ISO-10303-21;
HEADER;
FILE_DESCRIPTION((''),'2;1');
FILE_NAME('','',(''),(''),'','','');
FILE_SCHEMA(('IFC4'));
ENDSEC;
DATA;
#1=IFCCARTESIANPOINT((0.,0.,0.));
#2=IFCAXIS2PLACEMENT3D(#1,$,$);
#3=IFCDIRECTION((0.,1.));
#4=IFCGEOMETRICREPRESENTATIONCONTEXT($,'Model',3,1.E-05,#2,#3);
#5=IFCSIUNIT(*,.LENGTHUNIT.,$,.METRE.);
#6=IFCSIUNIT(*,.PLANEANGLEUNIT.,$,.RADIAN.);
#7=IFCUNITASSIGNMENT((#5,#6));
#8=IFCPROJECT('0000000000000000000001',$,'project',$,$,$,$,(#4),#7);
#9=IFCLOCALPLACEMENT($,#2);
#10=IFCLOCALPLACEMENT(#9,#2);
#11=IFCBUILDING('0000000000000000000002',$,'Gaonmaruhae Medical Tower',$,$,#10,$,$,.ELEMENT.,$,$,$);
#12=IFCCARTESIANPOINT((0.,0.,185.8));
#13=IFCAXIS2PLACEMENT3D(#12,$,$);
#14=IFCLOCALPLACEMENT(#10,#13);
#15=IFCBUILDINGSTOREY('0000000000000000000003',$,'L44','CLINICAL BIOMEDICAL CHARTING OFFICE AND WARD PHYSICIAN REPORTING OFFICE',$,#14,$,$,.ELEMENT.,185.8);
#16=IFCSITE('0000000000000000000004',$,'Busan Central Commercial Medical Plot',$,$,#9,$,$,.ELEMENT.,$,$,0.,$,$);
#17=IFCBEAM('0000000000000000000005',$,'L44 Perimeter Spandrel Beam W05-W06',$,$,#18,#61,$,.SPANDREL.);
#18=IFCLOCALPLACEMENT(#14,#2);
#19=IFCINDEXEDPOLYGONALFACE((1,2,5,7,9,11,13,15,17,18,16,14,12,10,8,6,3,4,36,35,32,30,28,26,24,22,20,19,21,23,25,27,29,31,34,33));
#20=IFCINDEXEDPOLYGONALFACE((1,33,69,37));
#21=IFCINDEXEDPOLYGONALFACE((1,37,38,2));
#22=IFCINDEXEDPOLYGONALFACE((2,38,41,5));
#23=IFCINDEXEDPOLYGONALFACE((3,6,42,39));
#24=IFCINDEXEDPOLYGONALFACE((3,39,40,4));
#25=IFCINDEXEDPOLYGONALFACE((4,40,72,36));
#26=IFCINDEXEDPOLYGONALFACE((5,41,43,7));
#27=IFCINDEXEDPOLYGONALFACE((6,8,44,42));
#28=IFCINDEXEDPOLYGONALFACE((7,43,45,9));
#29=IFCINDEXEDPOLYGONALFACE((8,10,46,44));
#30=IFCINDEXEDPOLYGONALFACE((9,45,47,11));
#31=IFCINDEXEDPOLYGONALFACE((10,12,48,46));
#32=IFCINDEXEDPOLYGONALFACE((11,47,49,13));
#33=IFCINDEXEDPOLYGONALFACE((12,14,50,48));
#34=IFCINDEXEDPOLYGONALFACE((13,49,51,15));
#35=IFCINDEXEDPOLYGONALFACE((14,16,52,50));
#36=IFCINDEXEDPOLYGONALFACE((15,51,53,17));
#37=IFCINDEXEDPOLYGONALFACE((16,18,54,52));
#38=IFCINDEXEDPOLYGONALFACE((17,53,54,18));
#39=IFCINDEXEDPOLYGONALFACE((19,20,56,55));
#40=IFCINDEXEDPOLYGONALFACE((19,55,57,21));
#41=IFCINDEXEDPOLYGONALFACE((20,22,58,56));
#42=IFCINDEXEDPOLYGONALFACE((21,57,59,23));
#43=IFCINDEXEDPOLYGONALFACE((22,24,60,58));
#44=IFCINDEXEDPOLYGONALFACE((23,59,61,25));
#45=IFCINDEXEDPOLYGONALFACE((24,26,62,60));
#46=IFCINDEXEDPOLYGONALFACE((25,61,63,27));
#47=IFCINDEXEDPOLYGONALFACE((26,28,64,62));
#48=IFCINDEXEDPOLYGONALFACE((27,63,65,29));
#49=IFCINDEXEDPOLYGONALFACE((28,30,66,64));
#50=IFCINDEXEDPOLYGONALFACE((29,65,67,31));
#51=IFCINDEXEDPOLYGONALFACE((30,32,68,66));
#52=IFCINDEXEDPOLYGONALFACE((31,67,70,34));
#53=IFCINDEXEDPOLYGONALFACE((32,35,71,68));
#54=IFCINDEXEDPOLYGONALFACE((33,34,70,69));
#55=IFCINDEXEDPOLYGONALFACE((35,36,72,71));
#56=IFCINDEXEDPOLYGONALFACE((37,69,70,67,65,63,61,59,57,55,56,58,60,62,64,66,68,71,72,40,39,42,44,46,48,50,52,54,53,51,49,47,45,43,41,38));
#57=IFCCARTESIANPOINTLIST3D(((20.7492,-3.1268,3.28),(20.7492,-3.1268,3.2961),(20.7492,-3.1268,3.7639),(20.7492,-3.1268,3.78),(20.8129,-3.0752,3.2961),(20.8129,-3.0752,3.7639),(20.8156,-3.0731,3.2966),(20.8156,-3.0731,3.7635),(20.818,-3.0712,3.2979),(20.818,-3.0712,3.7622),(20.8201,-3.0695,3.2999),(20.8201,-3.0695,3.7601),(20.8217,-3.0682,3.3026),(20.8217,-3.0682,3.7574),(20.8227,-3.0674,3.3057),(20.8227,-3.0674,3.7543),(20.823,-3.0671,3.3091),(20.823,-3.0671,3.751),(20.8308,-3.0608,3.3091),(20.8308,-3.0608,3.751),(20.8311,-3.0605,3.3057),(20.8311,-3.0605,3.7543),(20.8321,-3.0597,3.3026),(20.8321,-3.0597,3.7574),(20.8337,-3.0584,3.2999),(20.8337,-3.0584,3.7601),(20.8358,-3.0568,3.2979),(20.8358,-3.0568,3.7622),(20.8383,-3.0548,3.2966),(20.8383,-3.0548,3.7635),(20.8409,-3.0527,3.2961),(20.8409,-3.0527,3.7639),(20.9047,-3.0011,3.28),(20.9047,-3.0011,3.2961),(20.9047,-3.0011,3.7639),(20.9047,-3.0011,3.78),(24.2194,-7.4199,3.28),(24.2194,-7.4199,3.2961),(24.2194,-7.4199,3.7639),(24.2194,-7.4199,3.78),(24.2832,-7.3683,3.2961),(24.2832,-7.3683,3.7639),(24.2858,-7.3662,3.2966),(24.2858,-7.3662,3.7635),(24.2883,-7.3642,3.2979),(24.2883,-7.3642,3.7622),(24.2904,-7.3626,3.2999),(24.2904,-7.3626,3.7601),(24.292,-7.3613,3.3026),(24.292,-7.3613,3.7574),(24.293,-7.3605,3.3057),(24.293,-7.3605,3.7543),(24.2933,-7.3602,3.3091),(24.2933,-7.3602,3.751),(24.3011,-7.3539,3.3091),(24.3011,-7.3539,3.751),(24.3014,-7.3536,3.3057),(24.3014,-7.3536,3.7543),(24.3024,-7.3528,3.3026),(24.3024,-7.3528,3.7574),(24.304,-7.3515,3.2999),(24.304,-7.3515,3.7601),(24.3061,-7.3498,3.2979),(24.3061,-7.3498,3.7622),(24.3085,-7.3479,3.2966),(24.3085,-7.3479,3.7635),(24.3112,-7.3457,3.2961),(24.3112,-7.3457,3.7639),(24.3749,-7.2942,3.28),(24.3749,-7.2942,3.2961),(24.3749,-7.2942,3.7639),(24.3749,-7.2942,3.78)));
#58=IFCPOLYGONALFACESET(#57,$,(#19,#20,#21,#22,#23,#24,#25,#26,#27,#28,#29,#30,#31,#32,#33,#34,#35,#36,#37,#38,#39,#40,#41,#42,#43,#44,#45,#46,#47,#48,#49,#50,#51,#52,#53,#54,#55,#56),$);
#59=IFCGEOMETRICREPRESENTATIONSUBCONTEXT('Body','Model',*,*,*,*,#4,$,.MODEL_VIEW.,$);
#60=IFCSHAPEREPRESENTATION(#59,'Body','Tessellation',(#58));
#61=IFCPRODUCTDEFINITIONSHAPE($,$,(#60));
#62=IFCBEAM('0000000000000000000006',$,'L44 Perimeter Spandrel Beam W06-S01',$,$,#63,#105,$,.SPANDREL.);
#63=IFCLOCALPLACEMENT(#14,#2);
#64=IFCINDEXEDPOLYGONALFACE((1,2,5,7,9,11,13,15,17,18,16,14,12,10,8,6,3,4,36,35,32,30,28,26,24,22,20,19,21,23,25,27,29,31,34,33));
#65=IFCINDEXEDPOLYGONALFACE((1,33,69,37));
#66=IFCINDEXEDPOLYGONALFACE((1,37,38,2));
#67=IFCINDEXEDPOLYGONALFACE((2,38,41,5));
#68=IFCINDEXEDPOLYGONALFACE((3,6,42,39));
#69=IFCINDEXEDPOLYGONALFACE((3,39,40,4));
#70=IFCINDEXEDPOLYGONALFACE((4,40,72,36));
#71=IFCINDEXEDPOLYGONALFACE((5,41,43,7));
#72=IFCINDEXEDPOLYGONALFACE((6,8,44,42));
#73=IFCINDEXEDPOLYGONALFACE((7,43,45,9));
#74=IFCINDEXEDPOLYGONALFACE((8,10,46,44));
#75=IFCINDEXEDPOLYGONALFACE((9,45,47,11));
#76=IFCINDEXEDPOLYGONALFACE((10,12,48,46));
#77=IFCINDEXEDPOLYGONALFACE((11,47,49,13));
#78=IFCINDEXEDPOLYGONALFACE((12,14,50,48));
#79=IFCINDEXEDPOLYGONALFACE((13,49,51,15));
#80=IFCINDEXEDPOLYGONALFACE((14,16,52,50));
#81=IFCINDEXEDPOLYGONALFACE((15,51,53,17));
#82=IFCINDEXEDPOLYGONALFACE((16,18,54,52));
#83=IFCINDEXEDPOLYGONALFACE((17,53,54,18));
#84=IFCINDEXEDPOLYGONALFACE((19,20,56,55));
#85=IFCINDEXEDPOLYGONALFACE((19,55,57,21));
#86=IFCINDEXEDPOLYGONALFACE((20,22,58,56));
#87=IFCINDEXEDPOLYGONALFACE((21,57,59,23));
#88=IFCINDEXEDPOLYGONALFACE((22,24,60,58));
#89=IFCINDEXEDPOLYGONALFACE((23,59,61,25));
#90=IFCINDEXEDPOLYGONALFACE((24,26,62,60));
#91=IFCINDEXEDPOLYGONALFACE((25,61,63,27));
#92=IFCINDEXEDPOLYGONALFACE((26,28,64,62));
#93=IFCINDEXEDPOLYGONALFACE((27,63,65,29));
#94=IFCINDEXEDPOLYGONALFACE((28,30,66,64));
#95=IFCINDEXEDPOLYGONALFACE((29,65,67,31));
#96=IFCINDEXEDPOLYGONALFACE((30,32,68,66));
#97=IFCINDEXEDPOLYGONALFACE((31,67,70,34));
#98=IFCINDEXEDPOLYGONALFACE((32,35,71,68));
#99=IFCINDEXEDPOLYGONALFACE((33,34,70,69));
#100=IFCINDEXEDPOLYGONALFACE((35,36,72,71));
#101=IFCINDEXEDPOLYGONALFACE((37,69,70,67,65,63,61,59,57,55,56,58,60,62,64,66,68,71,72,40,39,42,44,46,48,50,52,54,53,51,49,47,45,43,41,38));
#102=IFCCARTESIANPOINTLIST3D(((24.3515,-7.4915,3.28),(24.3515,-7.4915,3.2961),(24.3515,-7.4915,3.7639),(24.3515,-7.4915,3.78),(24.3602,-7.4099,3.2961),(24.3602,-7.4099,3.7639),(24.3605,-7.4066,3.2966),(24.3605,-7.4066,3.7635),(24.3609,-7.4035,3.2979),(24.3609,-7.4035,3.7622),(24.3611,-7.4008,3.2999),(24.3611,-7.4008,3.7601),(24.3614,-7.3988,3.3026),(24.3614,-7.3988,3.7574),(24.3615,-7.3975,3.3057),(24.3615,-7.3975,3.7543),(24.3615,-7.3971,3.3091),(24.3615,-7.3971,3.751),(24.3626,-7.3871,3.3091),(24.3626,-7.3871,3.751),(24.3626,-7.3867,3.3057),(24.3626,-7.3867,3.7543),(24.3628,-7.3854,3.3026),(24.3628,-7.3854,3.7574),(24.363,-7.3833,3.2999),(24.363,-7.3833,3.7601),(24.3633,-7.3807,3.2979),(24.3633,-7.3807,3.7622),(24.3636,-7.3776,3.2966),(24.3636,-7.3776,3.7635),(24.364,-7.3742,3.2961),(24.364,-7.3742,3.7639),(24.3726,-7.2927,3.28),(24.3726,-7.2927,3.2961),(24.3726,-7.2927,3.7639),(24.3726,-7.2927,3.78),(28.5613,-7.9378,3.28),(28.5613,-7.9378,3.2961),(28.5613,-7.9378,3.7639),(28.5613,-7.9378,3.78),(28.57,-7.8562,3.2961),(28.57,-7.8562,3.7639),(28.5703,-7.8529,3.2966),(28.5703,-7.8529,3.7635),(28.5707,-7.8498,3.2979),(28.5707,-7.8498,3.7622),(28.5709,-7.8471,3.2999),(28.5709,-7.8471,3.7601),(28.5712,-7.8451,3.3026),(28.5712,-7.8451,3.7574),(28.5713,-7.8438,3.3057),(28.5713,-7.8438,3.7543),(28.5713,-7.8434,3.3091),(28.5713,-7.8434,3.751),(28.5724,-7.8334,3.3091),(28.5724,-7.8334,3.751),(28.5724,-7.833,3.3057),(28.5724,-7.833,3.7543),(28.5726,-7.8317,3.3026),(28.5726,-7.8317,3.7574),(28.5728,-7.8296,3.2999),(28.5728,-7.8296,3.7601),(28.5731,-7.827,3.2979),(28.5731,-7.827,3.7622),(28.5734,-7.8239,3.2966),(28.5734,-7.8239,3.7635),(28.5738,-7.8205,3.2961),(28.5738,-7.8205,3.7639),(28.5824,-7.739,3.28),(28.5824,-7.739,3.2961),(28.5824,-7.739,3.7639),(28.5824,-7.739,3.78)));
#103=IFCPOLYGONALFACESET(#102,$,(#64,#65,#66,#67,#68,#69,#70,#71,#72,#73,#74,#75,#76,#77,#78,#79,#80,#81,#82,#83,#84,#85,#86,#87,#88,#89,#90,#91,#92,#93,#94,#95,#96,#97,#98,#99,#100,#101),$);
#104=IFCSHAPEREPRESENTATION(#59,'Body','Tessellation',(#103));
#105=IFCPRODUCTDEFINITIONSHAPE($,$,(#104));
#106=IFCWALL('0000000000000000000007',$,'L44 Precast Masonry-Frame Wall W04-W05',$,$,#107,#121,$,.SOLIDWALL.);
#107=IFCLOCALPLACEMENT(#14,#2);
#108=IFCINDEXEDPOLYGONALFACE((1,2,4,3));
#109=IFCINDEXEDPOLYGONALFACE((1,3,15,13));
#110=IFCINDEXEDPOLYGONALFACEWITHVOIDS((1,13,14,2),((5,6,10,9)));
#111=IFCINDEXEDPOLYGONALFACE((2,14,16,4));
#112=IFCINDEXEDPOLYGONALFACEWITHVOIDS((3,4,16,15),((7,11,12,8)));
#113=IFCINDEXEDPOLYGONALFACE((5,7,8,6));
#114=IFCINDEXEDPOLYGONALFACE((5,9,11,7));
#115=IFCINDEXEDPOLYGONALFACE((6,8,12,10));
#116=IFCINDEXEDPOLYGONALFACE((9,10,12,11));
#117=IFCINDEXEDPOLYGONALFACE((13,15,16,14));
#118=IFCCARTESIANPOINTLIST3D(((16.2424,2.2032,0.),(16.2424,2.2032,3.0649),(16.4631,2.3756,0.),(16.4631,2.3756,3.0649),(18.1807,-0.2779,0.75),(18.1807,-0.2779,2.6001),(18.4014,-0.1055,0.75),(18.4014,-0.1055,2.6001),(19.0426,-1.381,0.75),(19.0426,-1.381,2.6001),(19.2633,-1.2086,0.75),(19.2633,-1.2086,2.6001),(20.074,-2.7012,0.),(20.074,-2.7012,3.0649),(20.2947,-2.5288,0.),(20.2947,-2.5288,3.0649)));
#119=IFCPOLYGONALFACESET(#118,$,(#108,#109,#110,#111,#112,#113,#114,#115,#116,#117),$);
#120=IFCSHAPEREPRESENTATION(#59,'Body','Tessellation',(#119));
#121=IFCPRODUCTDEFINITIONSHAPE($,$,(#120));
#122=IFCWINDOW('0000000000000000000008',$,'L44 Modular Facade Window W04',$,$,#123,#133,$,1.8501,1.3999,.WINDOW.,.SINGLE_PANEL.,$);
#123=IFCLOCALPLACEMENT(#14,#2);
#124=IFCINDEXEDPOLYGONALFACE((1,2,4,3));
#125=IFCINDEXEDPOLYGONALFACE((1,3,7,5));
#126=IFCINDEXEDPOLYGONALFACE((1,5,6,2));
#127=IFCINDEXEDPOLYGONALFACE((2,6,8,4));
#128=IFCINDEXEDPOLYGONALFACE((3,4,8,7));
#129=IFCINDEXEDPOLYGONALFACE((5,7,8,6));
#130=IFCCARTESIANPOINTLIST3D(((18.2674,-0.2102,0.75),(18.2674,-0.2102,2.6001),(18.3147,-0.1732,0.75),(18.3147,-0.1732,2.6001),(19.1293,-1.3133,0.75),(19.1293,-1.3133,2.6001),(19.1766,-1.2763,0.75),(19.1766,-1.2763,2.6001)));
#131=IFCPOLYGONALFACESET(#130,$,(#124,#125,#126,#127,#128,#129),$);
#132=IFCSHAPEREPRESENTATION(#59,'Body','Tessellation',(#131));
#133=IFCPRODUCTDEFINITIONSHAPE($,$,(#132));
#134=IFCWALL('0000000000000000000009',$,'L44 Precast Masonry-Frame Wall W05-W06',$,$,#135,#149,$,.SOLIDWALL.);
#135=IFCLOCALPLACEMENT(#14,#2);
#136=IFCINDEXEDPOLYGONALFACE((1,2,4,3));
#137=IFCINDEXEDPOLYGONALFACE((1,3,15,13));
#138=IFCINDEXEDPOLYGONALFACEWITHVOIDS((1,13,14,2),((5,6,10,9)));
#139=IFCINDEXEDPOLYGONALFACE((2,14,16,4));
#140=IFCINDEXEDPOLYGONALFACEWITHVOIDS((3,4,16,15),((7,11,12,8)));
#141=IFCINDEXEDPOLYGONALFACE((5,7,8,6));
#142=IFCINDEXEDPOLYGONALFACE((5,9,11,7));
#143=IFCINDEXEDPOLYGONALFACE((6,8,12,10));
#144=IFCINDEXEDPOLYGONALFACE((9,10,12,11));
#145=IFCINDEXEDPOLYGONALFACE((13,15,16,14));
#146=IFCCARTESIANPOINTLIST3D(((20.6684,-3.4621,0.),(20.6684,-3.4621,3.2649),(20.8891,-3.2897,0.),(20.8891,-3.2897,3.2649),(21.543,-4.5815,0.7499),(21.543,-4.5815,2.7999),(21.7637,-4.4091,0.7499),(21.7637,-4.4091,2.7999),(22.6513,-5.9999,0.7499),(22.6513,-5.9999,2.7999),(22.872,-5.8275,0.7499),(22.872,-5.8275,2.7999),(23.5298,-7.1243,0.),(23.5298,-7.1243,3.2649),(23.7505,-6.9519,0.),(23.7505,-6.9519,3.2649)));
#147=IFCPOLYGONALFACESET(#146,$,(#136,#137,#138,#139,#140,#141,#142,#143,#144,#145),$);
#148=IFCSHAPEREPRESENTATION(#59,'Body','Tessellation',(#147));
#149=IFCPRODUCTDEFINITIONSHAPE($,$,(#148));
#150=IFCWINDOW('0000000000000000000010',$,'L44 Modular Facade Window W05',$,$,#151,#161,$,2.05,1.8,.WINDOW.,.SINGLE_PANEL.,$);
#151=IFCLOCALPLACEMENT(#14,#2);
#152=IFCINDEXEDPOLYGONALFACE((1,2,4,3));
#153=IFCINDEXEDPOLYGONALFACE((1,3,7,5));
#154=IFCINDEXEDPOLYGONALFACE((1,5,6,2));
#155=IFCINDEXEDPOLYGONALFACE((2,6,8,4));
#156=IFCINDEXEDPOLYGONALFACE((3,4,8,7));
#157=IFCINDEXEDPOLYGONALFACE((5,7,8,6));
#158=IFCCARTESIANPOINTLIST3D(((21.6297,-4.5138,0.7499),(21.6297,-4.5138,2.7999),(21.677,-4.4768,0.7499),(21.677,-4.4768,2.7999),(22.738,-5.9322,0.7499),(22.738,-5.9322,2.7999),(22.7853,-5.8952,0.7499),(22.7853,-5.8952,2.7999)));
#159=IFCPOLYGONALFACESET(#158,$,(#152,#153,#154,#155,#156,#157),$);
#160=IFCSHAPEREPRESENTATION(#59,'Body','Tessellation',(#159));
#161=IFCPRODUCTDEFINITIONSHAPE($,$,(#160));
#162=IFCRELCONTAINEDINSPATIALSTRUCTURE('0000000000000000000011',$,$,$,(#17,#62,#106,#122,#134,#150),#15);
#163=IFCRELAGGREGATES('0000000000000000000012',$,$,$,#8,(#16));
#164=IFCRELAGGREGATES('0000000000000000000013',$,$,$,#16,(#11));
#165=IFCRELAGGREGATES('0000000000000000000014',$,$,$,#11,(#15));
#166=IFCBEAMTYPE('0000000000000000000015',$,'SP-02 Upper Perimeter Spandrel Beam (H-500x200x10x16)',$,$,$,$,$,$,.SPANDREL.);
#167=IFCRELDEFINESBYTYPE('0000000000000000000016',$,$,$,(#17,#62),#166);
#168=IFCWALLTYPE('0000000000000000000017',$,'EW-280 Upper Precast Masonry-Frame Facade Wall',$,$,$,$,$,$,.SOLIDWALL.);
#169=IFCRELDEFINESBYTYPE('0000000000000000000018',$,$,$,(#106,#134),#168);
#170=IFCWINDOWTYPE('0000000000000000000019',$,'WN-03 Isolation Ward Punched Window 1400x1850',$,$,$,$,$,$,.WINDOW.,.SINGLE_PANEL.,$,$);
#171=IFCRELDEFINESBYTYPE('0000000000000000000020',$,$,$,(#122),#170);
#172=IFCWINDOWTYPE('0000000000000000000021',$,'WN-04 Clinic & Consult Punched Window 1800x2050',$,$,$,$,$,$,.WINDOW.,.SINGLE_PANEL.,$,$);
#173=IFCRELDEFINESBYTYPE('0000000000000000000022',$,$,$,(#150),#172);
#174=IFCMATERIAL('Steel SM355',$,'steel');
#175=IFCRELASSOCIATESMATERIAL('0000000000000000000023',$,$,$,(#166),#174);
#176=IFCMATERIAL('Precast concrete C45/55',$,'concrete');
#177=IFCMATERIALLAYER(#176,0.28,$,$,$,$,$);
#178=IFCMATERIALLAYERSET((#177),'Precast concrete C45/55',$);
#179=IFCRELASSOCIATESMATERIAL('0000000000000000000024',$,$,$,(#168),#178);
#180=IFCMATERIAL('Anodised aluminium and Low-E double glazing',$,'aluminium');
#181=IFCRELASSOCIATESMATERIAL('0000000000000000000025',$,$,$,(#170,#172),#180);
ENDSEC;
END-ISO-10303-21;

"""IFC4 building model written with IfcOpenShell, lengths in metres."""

from ifc_helpers import new_model, si_unit, direction, frame, frame_2d, origin, origin_2d, place, context, subcontext, project, spatial, rectangle, i_section, extrude, material, layer, layer_set, material_profile, profile_set, type_object, element, fill, save


model = new_model("IFC4")

# Units and contexts
model_context = context("Model", 3, precision=1e-05, world=origin(), true_north=direction((0.0, 1.0)))
body_context = subcontext(model_context, "Body", "Model", "MODEL_VIEW")
ifc_project = project(units=[si_unit("LENGTHUNIT", "METRE"), si_unit("PLANEANGLEUNIT", "RADIAN")], contexts=[model_context])

# Site, building, storey
site_placement = place(None, origin())
site = spatial("IfcSite", under=ifc_project, at=site_placement, Name="Busan Central Commercial Medical Plot", CompositionType="ELEMENT", RefElevation=0.0)
building_placement = place(site_placement, origin())
building = spatial("IfcBuilding", under=site, at=building_placement, Name="Gaonmaruhae Medical Tower", CompositionType="ELEMENT")
storey_placement = place(building_placement, frame((0.0, 0.0, 185.8)))
storey = spatial("IfcBuildingStorey", under=building, at=storey_placement, Name="L44", Description="CLINICAL BIOMEDICAL CHARTING OFFICE AND WARD PHYSICIAN REPORTING OFFICE", CompositionType="ELEMENT", Elevation=185.8)

# Beams
ifc_material_1 = material(Name="Steel SM355", Category="steel")
ifc_material_profile_1 = material_profile(ifc_material_1, i_section(OverallWidth=0.2, OverallDepth=0.5, WebThickness=0.01, FlangeThickness=0.0161, FilletRadius=0.0129, at=origin_2d()), Name="H-500x200x10x16")
ifc_profile_set_1 = profile_set([ifc_material_profile_1], Name="Steel SM355")
beam_type_1 = type_object("IfcBeamType", Name="SP-02 Upper Perimeter Spandrel Beam (H-500x200x10x16)", PredefinedType="SPANDREL", material=ifc_profile_set_1)
beam_1_placement = place(storey_placement, frame((20.8269, -3.064, 3.53), z_axis=(0.628646, -0.777692, 0.0), x_axis=(0.777692, 0.628646, 0.0)))
element("IfcBeam", 1, at=beam_1_placement, inside=storey, type_object=beam_type_1, Name="L44 Perimeter Spandrel Beam W05-W06", PredefinedType="SPANDREL", context=body_context, shape_type="SweptSolid", body=[
    extrude(i_section(OverallWidth=0.2, OverallDepth=0.5, WebThickness=0.01, FlangeThickness=0.0161, FilletRadius=0.0129, at=origin_2d()), origin(), (0.0, 0.0, 1.0), 5.5203),
])
beam_2_placement = place(storey_placement, frame((24.3621, -7.3921, 3.53), z_axis=(0.994427, -0.105423, 0.0), x_axis=(0.105423, 0.994427, 0.0)))
element("IfcBeam", 2, at=beam_2_placement, inside=storey, type_object=beam_type_1, Name="L44 Perimeter Spandrel Beam W06-S01", PredefinedType="SPANDREL", context=body_context, shape_type="SweptSolid", body=[
    extrude(i_section(OverallWidth=0.2, OverallDepth=0.5, WebThickness=0.01, FlangeThickness=0.0161, FilletRadius=0.0129, at=origin_2d()), origin(), (0.0, 0.0, 1.0), 4.2334),
])

# Walls, openings, windows
ifc_material_2 = material(Name="Precast concrete C45/55", Category="concrete")
ifc_layer_1 = layer(ifc_material_2, 0.28)
ifc_layer_set_1 = layer_set([ifc_layer_1], Name="Precast concrete C45/55")
wall_type_1 = type_object("IfcWallType", Name="EW-280 Upper Precast Masonry-Frame Facade Wall", PredefinedType="SOLIDWALL", material=ifc_layer_set_1)
wall_1_placement = place(storey_placement, frame((20.1843, -2.615, 0.0), z_axis=(0.0, 0.0, 1.0), x_axis=(-0.61565, 0.78802, 0.0)))
wall_1 = element("IfcWall", 3, at=wall_1_placement, inside=storey, type_object=wall_type_1, Name="L44 Precast Masonry-Frame Wall W04-W05", PredefinedType="SOLIDWALL", context=body_context, shape_type="SweptSolid", body=[
    extrude(rectangle(XDim=6.2236, YDim=0.28, at=frame_2d((3.1118, 0.0))), origin(), (0.0, 0.0, 1.0), 3.0649),
])
opening_1_placement = place(wall_1_placement, frame((1.6753, 0.0, 0.75)))
opening_1 = element("IfcOpeningElement", 4, at=opening_1_placement, cuts=wall_1, PredefinedType="OPENING", context=body_context, shape_type="SweptSolid", body=[
    extrude(rectangle(XDim=1.3999, YDim=1.8501, at=frame_2d((0.7, 0.925))), frame((0.0, 0.1499, 0.0), z_axis=(0.0, -1.0, 0.0), x_axis=(1.0, 0.0, 0.0)), (0.0, 0.0, 1.0), 0.3),
])
ifc_material_3 = material(Name="Anodised aluminium and Low-E double glazing", Category="aluminium")
window_type_1 = type_object("IfcWindowType", Name="WN-03 Isolation Ward Punched Window 1400x1850", PartitioningType="SINGLE_PANEL", PredefinedType="WINDOW", material=ifc_material_3)
window_1_placement = place(opening_1_placement, origin())
window_1 = element("IfcWindow", 5, at=window_1_placement, inside=storey, type_object=window_type_1, Name="L44 Modular Facade Window W04", OverallHeight=1.8501, OverallWidth=1.3999, PartitioningType="SINGLE_PANEL", PredefinedType="WINDOW", context=body_context, shape_type="SweptSolid", body=[
    extrude(rectangle(XDim=1.3999, YDim=1.8501, at=frame_2d((0.7, 0.925))), frame((0.0, 0.03, 0.0), z_axis=(0.0, -1.0, 0.0), x_axis=(1.0, 0.0, 0.0)), (0.0, 0.0, 1.0), 0.0601),
])
fill(opening_1, window_1)
wall_2_placement = place(storey_placement, frame((23.6401, -7.0381, 0.0), z_axis=(0.0, 0.0, 1.0), x_axis=(-0.615685, 0.787993, 0.0)))
wall_2 = element("IfcWall", 6, at=wall_2_placement, inside=storey, type_object=wall_type_1, Name="L44 Precast Masonry-Frame Wall W05-W06", PredefinedType="SOLIDWALL", context=body_context, shape_type="SweptSolid", body=[
    extrude(rectangle(XDim=4.6475, YDim=0.28, at=frame_2d((2.3237, 0.0))), origin(), (0.0, 0.0, 1.0), 3.2649),
])
opening_2_placement = place(wall_2_placement, frame((1.427, 0.0, 0.75)))
opening_2 = element("IfcOpeningElement", 7, at=opening_2_placement, cuts=wall_2, PredefinedType="OPENING", context=body_context, shape_type="SweptSolid", body=[
    extrude(rectangle(XDim=1.8, YDim=2.05, at=frame_2d((0.8999, 1.0249))), frame((0.0, 0.1499, 0.0), z_axis=(0.0, -1.0, 0.0), x_axis=(1.0, 0.0, 0.0)), (0.0, 0.0, 1.0), 0.3),
])
window_type_2 = type_object("IfcWindowType", Name="WN-04 Clinic & Consult Punched Window 1800x2050", PartitioningType="SINGLE_PANEL", PredefinedType="WINDOW", material=ifc_material_3)
window_2_placement = place(opening_2_placement, origin())
window_2 = element("IfcWindow", 8, at=window_2_placement, inside=storey, type_object=window_type_2, Name="L44 Modular Facade Window W05", OverallHeight=2.05, OverallWidth=1.8, PartitioningType="SINGLE_PANEL", PredefinedType="WINDOW", context=body_context, shape_type="SweptSolid", body=[
    extrude(rectangle(XDim=1.8, YDim=2.05, at=frame_2d((0.8999, 1.0249))), frame((0.0, 0.03, 0.0), z_axis=(0.0, -1.0, 0.0), x_axis=(1.0, 0.0, 0.0)), (0.0, 0.0, 1.0), 0.0601),
])
fill(opening_2, window_2)

save(model, "model.ifc")
